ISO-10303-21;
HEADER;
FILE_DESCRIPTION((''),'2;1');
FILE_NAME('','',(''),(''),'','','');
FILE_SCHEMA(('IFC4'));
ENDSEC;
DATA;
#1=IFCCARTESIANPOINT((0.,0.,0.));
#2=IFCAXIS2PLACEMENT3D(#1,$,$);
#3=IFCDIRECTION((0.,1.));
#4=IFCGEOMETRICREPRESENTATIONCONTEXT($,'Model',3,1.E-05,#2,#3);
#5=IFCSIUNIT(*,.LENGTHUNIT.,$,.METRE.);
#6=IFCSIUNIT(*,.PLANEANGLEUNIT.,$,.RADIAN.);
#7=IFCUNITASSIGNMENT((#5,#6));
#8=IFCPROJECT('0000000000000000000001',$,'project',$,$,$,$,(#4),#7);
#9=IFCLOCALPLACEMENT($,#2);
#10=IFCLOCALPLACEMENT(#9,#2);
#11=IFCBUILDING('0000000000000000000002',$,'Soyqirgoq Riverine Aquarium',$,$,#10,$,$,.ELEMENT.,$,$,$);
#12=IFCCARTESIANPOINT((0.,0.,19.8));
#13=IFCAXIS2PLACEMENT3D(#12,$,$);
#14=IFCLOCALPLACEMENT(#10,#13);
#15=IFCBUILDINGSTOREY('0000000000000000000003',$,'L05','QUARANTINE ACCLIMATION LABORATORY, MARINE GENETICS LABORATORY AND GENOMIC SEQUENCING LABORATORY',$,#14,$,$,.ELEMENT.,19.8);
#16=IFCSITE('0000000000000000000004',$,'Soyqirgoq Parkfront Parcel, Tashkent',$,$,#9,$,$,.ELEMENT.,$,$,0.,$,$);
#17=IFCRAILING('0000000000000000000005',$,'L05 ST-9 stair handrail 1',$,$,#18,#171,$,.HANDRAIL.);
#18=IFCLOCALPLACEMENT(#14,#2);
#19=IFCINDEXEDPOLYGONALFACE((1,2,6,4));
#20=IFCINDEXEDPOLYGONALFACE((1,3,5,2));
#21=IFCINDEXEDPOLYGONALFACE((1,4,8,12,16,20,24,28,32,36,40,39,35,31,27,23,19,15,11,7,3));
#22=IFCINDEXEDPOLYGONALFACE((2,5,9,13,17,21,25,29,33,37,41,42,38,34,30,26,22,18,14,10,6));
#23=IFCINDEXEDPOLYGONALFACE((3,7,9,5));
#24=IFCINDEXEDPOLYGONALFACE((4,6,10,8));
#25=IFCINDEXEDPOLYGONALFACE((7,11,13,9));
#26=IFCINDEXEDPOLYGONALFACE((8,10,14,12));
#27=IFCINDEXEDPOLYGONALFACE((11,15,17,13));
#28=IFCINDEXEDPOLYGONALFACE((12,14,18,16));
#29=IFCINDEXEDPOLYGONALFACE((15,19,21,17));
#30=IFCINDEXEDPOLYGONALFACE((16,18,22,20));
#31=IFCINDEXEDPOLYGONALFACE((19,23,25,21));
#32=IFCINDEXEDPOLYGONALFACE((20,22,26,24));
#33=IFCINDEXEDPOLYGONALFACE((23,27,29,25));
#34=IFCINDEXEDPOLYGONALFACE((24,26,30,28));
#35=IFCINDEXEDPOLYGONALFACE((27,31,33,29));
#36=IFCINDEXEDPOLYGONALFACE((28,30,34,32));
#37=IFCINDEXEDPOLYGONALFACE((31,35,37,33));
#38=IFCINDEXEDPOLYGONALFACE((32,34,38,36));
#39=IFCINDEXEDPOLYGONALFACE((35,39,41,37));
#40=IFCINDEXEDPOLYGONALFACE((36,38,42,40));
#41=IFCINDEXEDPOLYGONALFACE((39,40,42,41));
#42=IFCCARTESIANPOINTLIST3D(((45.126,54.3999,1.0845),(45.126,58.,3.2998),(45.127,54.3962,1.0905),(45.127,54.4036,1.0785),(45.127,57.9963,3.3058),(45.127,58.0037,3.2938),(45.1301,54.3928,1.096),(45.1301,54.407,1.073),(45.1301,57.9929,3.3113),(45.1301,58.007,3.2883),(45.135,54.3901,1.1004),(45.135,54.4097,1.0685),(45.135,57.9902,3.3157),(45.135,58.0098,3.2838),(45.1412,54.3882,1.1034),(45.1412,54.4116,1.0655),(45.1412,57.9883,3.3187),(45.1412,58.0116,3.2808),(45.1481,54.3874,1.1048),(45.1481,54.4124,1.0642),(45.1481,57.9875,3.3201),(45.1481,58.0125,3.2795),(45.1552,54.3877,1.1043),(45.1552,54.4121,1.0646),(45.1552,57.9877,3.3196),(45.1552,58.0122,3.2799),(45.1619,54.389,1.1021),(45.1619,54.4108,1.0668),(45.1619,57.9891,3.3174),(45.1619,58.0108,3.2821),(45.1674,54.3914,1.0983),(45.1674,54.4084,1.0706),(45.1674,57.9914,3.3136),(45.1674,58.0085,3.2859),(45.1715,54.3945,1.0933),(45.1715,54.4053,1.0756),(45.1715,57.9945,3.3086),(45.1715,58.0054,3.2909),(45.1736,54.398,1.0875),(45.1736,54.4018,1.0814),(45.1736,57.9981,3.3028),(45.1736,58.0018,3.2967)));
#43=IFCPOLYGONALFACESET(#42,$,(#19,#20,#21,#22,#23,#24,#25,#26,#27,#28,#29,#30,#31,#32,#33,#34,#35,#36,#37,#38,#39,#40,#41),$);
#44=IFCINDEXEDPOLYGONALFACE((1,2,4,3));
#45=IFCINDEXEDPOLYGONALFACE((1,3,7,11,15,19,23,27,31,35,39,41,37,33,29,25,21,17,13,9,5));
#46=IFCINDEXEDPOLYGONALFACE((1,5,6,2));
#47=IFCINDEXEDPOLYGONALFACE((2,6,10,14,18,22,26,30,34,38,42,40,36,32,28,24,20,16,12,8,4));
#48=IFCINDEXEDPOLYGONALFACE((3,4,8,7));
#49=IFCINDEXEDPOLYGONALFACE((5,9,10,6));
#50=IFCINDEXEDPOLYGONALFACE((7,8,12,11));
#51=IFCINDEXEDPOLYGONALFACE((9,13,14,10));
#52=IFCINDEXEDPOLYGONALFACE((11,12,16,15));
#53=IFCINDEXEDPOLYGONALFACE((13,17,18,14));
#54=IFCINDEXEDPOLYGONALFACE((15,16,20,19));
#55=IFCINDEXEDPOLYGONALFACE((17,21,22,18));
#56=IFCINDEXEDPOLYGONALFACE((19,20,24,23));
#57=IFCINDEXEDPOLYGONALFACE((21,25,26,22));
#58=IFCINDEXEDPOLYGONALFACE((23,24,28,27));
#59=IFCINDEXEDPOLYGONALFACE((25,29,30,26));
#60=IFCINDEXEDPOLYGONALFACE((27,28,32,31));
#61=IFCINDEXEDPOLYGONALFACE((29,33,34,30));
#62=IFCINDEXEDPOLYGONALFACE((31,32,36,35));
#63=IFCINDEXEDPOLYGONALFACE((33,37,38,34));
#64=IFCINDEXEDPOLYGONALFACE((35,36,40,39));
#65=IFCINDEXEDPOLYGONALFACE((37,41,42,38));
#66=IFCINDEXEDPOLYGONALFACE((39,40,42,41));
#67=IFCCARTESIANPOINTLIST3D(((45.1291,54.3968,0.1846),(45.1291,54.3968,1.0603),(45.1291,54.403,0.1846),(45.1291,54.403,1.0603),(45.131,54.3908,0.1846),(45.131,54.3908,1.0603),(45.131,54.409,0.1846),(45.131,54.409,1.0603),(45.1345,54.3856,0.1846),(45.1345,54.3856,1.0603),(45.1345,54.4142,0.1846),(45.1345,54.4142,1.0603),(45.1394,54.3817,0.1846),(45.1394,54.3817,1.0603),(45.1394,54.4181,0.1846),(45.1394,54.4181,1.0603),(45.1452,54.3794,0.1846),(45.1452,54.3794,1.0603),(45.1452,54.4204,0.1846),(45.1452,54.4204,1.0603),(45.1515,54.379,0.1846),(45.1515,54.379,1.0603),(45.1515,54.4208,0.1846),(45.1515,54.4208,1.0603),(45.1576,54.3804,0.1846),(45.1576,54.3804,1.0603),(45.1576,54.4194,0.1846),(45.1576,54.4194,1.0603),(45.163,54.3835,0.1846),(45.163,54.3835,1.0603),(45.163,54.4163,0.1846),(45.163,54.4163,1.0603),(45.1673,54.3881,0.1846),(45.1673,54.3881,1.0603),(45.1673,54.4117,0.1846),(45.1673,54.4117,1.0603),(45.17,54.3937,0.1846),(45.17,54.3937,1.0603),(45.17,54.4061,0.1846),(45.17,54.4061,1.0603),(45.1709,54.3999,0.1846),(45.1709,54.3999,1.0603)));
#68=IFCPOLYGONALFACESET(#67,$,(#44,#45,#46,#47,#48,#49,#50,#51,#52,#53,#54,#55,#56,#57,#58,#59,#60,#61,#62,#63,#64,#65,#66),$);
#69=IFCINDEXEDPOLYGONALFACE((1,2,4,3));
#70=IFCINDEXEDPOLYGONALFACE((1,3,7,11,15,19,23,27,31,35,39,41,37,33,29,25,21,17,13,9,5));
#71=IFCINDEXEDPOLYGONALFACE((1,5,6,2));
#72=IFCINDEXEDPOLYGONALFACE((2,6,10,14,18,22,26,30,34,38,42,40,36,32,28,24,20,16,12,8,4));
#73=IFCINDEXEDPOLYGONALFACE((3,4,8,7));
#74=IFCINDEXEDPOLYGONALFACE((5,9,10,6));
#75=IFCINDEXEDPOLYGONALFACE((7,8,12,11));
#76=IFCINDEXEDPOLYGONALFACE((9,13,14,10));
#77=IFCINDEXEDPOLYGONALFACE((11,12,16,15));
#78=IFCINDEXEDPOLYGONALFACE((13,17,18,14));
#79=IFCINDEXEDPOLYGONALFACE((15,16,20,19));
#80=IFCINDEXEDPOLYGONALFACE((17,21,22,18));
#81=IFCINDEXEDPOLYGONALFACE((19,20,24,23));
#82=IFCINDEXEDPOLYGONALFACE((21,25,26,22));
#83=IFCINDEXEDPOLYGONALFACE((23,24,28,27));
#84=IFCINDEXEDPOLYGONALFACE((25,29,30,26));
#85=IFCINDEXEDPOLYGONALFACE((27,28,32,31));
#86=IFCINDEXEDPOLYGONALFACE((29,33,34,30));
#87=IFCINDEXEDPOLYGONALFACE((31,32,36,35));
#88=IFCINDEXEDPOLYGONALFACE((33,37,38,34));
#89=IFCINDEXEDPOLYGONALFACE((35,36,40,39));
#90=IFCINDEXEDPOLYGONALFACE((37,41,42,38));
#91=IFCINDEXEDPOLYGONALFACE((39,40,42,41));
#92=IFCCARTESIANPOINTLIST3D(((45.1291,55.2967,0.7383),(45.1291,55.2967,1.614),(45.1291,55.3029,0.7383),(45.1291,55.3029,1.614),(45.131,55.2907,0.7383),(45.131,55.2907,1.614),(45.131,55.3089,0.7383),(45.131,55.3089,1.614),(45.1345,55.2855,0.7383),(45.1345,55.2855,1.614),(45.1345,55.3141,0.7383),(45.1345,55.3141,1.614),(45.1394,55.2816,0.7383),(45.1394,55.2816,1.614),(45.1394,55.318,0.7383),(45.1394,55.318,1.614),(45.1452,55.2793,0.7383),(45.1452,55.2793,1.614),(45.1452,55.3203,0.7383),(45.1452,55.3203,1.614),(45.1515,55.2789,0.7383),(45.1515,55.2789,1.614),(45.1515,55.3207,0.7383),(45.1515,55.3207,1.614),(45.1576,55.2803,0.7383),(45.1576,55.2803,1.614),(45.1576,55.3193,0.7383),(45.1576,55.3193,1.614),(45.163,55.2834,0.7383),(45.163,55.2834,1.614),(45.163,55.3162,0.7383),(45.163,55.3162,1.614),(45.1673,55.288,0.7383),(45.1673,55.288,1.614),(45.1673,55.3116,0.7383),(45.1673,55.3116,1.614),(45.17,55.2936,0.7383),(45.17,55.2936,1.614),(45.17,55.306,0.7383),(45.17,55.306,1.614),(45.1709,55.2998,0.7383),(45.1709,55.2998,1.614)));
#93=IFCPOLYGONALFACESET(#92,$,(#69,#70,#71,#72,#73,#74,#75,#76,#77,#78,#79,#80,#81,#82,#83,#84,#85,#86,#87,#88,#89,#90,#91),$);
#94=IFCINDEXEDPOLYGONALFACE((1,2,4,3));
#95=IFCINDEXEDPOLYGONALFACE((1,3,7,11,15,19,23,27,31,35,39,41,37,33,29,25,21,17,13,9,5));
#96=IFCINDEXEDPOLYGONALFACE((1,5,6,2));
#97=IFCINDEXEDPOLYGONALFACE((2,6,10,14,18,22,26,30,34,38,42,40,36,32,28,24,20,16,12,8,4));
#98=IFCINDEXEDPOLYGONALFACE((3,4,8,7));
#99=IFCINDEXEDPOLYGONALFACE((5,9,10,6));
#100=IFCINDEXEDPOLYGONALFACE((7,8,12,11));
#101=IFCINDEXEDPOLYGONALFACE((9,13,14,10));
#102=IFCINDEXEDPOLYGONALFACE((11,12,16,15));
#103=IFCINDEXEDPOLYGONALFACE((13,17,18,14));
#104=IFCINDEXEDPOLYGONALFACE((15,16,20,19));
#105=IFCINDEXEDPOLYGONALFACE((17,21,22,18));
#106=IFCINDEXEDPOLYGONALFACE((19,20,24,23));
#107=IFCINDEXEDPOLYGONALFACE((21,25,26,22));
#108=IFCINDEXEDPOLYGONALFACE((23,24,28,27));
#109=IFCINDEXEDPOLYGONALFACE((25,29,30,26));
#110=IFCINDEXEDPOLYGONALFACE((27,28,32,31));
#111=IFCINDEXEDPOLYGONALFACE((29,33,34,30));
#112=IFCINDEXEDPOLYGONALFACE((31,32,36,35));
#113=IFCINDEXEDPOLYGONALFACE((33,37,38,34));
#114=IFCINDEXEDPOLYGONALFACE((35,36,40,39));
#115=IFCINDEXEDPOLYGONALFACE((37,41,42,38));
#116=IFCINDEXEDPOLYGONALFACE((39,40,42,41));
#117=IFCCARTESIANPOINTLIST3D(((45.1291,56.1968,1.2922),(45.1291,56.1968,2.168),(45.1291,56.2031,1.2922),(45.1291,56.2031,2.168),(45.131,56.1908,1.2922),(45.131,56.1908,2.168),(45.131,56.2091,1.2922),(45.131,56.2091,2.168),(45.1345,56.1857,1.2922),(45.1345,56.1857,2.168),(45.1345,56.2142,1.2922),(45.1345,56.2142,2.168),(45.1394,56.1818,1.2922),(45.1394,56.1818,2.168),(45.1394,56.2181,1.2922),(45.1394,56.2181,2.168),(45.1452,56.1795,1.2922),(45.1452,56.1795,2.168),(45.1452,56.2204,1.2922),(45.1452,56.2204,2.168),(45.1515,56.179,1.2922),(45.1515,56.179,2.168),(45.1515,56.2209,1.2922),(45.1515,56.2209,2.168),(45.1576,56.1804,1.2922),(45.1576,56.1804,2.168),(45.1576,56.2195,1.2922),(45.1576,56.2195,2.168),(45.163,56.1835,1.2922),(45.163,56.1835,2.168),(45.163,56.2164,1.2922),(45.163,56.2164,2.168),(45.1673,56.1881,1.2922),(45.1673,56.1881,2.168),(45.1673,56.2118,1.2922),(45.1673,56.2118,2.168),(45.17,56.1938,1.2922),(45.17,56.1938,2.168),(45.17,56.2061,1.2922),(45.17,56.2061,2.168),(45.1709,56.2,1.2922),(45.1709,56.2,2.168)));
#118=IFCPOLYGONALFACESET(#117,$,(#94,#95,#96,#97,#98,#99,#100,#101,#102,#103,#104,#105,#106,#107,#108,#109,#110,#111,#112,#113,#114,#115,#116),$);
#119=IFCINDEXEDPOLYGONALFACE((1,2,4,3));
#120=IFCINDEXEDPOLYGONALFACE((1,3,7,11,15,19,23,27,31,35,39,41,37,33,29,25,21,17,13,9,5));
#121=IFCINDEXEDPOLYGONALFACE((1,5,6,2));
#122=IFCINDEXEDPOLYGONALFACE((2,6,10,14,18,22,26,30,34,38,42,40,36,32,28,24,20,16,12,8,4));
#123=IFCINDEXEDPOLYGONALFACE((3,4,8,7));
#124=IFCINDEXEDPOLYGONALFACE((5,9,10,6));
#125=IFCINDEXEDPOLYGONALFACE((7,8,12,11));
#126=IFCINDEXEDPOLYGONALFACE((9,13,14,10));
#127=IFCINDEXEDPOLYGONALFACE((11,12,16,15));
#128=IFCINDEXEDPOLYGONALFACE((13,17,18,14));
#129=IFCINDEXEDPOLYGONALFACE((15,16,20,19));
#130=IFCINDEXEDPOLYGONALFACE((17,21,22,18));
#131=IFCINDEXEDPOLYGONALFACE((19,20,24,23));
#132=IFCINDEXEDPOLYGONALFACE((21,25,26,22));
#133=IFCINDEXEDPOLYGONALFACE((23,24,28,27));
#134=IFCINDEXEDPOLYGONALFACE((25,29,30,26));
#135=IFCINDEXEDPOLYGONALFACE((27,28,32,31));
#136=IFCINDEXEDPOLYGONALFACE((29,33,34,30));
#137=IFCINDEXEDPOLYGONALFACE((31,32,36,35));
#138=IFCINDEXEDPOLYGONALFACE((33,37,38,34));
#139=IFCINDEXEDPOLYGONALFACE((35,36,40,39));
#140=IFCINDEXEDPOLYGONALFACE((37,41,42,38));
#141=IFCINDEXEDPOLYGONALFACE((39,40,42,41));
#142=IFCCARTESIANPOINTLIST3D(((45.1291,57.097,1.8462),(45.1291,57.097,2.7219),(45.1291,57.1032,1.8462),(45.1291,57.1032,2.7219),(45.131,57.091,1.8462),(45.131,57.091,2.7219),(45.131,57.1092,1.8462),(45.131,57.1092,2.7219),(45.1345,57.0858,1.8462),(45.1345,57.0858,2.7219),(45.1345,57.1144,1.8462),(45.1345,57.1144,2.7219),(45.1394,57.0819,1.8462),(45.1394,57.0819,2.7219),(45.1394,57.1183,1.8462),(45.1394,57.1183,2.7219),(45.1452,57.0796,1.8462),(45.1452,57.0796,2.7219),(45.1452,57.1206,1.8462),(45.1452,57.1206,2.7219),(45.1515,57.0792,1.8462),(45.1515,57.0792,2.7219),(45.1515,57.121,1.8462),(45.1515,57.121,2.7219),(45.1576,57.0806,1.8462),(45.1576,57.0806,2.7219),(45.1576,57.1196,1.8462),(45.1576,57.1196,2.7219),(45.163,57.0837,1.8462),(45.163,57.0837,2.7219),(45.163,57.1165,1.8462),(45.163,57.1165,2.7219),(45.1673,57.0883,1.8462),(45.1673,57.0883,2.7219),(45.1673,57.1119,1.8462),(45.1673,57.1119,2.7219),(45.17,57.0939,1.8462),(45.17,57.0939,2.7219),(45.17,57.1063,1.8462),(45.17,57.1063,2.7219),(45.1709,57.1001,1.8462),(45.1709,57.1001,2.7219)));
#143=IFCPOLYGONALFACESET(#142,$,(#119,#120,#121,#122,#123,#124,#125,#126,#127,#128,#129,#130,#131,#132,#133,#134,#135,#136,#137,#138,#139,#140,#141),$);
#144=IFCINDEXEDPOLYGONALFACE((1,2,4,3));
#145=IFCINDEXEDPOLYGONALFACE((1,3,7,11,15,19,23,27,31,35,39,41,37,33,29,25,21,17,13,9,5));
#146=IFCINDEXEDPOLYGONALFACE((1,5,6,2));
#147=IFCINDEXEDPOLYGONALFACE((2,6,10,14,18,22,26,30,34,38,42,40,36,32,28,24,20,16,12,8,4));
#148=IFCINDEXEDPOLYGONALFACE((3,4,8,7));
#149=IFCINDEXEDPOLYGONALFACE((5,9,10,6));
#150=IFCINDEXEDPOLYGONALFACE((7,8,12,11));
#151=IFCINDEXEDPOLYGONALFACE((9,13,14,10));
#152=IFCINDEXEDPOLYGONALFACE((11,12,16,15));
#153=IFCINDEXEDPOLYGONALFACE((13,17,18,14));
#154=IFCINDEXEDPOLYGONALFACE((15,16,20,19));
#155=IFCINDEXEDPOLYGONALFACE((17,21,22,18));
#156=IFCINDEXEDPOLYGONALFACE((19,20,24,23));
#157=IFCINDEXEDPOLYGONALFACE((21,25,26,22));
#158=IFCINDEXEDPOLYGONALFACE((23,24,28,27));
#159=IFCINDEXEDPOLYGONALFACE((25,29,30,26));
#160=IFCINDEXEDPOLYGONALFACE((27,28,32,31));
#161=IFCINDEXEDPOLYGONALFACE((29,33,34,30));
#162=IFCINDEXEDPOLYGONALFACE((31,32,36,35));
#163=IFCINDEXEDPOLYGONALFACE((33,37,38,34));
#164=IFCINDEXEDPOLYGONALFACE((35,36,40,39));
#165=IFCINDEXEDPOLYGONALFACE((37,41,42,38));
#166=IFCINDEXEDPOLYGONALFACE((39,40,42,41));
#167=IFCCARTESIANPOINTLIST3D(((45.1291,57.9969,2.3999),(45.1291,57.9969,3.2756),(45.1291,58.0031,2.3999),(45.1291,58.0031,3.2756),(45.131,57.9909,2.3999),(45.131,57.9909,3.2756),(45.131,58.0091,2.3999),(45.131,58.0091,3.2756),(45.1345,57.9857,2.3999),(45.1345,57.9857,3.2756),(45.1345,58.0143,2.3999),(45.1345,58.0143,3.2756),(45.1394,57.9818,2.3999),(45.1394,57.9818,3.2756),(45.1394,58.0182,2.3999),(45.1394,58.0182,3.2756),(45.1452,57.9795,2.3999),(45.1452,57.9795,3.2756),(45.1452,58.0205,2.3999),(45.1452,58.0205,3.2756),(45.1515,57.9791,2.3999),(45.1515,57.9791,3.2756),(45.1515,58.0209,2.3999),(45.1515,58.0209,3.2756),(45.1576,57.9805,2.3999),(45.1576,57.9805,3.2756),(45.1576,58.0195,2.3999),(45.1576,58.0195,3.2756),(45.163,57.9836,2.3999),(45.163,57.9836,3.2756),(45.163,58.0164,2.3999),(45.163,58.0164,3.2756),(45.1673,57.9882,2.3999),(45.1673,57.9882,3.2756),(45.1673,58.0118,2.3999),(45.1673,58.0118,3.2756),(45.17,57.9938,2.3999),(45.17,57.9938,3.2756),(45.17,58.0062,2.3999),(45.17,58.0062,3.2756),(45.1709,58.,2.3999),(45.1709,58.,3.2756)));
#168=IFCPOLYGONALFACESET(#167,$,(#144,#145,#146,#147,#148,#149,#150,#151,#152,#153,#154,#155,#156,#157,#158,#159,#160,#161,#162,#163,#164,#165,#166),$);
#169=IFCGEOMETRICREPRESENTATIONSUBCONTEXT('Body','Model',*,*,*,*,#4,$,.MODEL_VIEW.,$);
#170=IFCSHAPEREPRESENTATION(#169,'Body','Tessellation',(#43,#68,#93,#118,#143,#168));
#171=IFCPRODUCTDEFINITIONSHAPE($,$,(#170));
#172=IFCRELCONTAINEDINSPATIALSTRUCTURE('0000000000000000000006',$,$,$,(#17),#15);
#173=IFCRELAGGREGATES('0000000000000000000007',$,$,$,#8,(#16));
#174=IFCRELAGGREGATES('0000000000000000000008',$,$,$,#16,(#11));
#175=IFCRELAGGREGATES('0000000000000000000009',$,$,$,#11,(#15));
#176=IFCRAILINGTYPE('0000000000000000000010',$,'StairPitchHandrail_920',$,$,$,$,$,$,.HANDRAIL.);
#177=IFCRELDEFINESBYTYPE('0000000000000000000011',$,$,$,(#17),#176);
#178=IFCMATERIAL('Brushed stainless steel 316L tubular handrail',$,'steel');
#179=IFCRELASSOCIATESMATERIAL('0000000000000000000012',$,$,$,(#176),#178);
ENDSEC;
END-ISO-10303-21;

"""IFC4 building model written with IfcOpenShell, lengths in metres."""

from ifc_helpers import new_model, si_unit, direction, frame, origin, origin_2d, place, context, subcontext, project, spatial, circle, extrude, material, type_object, element, save


model = new_model("IFC4")

# Units and contexts
model_context = context("Model", 3, precision=1e-05, world=origin(), true_north=direction((0.0, 1.0)))
body_context = subcontext(model_context, "Body", "Model", "MODEL_VIEW")
ifc_project = project(units=[si_unit("LENGTHUNIT", "METRE"), si_unit("PLANEANGLEUNIT", "RADIAN")], contexts=[model_context])

# Site, building, storey
site_placement = place(None, origin())
site = spatial("IfcSite", under=ifc_project, at=site_placement, Name="Soyqirgoq Parkfront Parcel, Tashkent", CompositionType="ELEMENT", RefElevation=0.0)
building_placement = place(site_placement, origin())
building = spatial("IfcBuilding", under=site, at=building_placement, Name="Soyqirgoq Riverine Aquarium", CompositionType="ELEMENT")
storey_placement = place(building_placement, frame((0.0, 0.0, 19.8)))
storey = spatial("IfcBuildingStorey", under=building, at=storey_placement, Name="L05", Description="QUARANTINE ACCLIMATION LABORATORY, MARINE GENETICS LABORATORY AND GENOMIC SEQUENCING LABORATORY", CompositionType="ELEMENT", Elevation=19.8)

# Railing
ifc_material_1 = material(Name="Brushed stainless steel 316L tubular handrail", Category="steel")
railing_type_1 = type_object("IfcRailingType", Name="StairPitchHandrail_920", PredefinedType="HANDRAIL", material=ifc_material_1)
railing_1_placement = place(storey_placement, frame((45.1499, 54.3999, 0.1846)))
element("IfcRailing", 1, at=railing_1_placement, inside=storey, type_object=railing_type_1, Name="L05 ST-9 stair handrail 1", PredefinedType="HANDRAIL", context=body_context, shape_type="SweptSolid", body=[
    extrude(circle(Radius=0.0239, at=origin_2d()), frame((0.0, 0.0, 0.8999), z_axis=(0.0, 0.85167, 0.524078), x_axis=(-1.0, 0.0, 0.0)), (0.0, 0.0, 1.0), 4.2271),
    extrude(circle(Radius=0.021, at=origin_2d()), origin(), (0.0, 0.0, 1.0), 0.8757),
    extrude(circle(Radius=0.021, at=origin_2d()), frame((0.0, 0.8999, 0.5537)), (0.0, 0.0, 1.0), 0.8757),
    extrude(circle(Radius=0.021, at=origin_2d()), frame((0.0, 1.8, 1.1077)), (0.0, 0.0, 1.0), 0.8757),
    extrude(circle(Radius=0.021, at=origin_2d()), frame((0.0, 2.7002, 1.6616)), (0.0, 0.0, 1.0), 0.8757),
    extrude(circle(Radius=0.021, at=origin_2d()), frame((0.0, 3.6001, 2.2153)), (0.0, 0.0, 1.0), 0.8757),
])

save(model, "model.ifc")
